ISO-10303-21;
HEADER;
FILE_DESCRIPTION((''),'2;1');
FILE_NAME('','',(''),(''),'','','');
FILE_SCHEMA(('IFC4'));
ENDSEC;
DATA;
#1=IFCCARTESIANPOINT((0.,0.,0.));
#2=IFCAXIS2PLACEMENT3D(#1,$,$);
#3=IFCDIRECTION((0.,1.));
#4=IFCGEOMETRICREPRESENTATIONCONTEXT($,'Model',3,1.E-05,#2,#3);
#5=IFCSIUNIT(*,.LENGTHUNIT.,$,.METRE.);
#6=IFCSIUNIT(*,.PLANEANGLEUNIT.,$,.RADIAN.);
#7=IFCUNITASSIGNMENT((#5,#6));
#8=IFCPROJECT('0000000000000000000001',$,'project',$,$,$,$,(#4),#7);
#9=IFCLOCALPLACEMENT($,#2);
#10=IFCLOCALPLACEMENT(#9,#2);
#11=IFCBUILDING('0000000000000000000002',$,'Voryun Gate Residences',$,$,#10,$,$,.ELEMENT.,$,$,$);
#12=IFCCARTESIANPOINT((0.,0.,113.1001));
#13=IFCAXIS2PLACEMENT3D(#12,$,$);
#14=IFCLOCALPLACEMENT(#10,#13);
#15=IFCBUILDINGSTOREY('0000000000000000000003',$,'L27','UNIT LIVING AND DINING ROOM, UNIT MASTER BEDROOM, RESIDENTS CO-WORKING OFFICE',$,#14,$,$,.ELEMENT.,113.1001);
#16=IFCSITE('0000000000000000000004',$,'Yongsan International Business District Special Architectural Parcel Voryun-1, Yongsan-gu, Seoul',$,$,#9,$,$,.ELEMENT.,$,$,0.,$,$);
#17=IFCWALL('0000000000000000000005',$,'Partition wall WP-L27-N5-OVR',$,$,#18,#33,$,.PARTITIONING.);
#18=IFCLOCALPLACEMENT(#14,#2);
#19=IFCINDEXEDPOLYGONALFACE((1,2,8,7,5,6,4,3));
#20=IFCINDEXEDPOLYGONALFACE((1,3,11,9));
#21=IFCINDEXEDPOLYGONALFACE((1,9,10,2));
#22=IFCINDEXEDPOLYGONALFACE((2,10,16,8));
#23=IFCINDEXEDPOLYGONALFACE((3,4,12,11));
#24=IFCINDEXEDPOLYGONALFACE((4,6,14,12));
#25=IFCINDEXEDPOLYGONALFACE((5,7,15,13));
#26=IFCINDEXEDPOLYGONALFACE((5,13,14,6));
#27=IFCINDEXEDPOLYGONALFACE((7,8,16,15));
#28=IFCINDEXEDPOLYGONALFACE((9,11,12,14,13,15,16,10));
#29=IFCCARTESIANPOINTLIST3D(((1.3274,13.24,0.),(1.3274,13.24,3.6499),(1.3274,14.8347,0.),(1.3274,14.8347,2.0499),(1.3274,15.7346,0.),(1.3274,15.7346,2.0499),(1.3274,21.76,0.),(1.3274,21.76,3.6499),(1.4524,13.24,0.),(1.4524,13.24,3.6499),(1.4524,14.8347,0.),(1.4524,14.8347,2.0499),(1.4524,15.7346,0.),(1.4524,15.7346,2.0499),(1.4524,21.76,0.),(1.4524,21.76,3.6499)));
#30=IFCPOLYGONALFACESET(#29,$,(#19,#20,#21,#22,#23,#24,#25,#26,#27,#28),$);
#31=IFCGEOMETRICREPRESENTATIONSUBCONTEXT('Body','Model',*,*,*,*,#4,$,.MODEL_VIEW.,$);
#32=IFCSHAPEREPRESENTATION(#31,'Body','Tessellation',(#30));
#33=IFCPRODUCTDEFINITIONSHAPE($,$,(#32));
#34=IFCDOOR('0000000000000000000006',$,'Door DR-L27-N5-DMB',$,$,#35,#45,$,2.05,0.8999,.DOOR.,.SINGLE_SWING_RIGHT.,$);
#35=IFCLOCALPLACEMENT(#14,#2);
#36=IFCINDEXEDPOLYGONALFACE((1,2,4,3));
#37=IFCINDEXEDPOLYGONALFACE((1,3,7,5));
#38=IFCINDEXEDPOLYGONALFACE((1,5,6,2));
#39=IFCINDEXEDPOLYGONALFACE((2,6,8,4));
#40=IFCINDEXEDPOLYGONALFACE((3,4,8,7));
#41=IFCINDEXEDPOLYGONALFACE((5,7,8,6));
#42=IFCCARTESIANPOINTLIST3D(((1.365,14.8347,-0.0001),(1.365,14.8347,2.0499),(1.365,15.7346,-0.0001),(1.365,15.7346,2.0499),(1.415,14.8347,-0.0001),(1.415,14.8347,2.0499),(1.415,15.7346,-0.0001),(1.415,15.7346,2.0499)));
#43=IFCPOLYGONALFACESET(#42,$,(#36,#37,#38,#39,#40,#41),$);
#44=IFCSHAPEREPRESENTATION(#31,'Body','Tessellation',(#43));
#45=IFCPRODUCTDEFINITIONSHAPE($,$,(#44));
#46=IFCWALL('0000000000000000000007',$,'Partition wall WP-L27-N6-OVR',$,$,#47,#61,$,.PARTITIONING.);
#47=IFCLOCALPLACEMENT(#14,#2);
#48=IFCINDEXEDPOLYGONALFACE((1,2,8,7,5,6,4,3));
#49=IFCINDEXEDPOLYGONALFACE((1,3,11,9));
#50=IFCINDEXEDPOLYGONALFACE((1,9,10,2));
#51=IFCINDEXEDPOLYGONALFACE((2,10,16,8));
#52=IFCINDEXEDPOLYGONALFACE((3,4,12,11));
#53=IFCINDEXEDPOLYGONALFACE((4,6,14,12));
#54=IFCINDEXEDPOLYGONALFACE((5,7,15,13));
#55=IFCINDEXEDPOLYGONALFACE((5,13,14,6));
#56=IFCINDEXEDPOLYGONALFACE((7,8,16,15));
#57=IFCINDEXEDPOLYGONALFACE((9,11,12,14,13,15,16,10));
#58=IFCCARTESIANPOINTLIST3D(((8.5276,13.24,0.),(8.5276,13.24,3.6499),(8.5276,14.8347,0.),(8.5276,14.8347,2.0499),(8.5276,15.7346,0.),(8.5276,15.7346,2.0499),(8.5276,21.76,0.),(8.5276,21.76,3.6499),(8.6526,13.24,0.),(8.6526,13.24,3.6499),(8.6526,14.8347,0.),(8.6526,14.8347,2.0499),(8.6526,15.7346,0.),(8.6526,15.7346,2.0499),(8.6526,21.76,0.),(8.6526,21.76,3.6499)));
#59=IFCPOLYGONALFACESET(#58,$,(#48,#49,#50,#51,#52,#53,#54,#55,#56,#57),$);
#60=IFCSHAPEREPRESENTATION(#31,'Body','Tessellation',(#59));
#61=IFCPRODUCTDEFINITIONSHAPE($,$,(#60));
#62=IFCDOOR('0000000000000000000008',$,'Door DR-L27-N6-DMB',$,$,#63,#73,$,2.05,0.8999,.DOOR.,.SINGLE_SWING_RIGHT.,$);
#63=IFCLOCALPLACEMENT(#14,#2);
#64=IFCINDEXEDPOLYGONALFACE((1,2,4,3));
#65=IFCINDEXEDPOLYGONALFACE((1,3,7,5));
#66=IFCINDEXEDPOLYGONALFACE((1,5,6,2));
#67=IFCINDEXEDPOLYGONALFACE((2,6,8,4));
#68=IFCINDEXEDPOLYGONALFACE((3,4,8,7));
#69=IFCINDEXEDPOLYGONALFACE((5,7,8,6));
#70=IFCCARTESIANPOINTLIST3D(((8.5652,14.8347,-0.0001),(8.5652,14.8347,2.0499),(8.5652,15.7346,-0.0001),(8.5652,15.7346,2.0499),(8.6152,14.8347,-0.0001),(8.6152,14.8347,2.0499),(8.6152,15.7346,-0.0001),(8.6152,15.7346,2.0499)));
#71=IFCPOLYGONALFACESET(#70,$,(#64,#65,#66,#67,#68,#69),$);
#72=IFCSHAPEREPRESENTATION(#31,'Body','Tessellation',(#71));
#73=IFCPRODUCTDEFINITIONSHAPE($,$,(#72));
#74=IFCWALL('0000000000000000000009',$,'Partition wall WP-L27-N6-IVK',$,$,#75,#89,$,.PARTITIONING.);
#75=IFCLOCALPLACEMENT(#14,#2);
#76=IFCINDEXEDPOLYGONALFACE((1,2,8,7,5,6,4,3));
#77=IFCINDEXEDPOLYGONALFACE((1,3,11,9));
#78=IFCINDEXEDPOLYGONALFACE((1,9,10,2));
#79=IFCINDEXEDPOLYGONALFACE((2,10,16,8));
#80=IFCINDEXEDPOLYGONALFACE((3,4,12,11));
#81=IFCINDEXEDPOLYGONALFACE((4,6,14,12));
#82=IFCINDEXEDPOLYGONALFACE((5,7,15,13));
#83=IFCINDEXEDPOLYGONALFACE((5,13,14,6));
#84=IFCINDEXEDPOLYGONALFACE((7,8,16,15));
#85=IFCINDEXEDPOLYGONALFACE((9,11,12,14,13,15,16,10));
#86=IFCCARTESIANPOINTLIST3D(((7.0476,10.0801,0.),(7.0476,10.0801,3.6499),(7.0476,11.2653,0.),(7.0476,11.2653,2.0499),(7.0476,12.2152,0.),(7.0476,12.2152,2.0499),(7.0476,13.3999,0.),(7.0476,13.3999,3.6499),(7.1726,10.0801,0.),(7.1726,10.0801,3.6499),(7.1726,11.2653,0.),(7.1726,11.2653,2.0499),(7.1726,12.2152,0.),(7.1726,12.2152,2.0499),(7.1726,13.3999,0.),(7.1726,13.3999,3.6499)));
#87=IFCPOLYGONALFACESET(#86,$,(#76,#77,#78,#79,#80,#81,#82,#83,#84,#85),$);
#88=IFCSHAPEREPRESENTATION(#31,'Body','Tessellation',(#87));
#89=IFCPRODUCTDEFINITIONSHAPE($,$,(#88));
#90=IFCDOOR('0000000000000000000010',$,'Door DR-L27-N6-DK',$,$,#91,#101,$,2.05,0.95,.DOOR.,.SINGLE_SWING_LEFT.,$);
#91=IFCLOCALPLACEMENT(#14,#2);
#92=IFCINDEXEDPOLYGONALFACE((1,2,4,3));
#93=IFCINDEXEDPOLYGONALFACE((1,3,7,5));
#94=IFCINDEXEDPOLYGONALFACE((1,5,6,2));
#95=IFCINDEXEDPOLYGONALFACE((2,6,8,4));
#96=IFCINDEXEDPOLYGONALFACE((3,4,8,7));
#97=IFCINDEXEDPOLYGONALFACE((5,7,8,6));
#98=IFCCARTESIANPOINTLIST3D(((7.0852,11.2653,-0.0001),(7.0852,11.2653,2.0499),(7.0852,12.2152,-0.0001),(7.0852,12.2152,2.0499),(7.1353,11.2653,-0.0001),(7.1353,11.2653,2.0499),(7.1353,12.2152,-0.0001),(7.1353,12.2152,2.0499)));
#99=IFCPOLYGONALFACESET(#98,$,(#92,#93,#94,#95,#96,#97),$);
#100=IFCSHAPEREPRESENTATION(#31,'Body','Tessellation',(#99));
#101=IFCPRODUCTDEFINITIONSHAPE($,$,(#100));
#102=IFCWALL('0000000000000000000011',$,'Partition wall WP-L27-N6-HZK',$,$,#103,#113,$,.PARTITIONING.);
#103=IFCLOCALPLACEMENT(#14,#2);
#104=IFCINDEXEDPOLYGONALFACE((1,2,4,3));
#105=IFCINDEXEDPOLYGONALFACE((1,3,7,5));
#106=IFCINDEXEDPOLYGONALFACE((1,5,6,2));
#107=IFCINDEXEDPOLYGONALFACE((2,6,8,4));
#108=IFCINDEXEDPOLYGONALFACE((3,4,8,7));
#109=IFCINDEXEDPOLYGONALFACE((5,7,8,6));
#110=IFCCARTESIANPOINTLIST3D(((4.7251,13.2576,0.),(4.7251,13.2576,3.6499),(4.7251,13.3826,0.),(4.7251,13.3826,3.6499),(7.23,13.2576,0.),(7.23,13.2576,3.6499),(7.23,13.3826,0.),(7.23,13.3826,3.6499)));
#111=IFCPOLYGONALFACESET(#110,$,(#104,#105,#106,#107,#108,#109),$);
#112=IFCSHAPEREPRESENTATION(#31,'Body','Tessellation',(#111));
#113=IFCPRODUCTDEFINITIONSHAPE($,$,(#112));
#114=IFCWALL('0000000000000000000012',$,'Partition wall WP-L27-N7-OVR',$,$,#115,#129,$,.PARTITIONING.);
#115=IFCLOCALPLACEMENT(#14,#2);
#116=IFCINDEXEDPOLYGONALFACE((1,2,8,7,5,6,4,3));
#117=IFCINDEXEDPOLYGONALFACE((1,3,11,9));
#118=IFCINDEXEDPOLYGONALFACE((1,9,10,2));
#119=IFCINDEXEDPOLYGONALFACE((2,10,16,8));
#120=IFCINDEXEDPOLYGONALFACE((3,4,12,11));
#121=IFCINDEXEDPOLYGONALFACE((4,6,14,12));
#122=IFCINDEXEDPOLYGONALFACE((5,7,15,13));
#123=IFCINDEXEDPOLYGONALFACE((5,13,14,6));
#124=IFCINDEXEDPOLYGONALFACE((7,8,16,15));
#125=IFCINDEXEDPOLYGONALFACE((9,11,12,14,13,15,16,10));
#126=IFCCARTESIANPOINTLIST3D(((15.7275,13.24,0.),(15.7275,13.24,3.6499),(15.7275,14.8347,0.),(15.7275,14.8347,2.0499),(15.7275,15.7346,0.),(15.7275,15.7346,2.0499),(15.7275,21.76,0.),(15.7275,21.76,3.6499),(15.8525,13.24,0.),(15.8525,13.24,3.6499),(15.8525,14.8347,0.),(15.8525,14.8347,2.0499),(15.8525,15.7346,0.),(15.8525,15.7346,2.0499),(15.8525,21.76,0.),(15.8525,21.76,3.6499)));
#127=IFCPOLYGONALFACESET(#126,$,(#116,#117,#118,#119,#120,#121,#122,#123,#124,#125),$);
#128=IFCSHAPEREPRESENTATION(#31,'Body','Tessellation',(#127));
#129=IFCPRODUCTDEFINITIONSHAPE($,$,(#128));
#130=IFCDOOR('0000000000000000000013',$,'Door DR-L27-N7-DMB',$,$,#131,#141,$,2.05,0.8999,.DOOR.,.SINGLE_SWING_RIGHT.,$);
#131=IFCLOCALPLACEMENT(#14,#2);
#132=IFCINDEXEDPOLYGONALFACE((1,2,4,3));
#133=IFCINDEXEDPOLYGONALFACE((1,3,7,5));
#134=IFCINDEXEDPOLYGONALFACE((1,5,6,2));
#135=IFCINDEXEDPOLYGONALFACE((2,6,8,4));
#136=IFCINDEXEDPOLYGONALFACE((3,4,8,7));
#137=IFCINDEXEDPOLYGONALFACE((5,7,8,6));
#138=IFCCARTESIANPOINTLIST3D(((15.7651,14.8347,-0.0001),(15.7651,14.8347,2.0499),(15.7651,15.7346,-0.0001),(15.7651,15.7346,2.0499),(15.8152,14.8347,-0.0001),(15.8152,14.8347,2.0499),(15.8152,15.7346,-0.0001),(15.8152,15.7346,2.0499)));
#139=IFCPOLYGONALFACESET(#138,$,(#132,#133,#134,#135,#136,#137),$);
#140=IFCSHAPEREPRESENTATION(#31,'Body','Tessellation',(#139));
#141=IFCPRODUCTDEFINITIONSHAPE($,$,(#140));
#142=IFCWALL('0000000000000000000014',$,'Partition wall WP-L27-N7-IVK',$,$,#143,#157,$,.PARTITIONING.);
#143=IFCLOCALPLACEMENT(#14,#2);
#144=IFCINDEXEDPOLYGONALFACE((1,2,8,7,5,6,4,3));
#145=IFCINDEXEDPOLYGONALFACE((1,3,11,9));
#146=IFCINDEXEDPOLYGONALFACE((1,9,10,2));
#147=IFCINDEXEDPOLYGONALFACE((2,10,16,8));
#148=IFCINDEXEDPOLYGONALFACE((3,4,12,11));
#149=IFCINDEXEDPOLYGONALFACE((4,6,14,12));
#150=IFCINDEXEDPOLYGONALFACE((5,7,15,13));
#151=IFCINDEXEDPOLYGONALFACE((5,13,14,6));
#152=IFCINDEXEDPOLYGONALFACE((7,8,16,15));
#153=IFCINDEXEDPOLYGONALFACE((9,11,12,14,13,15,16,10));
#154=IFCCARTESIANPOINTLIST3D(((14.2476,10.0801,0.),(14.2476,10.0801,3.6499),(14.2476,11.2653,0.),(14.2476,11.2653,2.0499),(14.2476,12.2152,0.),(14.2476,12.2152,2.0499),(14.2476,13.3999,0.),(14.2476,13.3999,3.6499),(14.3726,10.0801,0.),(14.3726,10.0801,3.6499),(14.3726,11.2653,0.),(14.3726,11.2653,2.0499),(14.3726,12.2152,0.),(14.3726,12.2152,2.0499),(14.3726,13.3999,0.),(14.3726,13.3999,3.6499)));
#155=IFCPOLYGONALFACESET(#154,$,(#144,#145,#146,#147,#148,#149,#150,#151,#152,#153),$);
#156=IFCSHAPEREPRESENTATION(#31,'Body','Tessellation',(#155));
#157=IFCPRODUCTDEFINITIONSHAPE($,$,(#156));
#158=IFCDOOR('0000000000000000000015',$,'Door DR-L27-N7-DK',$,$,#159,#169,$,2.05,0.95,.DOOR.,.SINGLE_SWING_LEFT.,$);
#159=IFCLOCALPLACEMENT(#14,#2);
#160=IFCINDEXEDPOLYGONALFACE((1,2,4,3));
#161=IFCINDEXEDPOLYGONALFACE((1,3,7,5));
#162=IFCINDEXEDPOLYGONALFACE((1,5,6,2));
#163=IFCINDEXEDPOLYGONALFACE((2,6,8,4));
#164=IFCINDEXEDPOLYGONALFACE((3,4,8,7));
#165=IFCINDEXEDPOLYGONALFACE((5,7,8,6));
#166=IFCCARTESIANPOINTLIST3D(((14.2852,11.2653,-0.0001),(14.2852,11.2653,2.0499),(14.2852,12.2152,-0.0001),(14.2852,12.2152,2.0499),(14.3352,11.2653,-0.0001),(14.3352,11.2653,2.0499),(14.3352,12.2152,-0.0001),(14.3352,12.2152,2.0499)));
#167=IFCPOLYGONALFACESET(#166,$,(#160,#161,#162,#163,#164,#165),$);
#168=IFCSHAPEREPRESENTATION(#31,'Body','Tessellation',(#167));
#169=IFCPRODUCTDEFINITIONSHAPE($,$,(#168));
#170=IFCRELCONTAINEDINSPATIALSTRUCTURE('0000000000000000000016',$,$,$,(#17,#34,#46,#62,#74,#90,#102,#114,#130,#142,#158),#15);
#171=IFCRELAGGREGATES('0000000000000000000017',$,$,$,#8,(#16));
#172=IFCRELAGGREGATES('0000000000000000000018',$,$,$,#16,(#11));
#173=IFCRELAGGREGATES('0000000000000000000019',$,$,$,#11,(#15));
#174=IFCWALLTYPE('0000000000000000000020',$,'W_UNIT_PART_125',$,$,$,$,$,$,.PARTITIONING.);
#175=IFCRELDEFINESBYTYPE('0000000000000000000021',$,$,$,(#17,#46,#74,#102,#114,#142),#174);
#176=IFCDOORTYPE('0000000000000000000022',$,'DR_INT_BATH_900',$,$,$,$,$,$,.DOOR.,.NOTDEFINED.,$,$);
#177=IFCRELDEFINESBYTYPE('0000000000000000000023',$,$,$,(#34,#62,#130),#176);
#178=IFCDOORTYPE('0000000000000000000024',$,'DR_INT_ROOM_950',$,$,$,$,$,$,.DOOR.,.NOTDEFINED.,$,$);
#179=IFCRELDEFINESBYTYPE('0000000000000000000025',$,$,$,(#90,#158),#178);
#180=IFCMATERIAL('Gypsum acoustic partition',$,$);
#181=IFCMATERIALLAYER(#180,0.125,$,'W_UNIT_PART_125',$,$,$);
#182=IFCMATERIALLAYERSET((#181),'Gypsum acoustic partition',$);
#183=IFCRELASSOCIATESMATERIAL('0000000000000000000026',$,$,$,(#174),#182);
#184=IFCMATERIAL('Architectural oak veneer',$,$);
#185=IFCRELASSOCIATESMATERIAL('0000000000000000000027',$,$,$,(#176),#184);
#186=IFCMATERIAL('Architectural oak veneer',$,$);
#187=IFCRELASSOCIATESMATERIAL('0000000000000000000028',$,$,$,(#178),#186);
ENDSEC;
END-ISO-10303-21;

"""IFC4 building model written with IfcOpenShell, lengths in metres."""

from ifc_helpers import new_model, si_unit, direction, frame, frame_2d, origin, place, context, subcontext, project, spatial, rectangle, extrude, material, layer, layer_set, type_object, element, fill, save


model = new_model("IFC4")

# Units and contexts
model_context = context("Model", 3, precision=1e-05, world=origin(), true_north=direction((0.0, 1.0)))
body_context = subcontext(model_context, "Body", "Model", "MODEL_VIEW")
ifc_project = project(units=[si_unit("LENGTHUNIT", "METRE"), si_unit("PLANEANGLEUNIT", "RADIAN")], contexts=[model_context])

# Site, building, storey
site_placement = place(None, origin())
site = spatial("IfcSite", under=ifc_project, at=site_placement, Name="Yongsan International Business District Special Architectural Parcel Voryun-1, Yongsan-gu, Seoul", CompositionType="ELEMENT", RefElevation=0.0)
building_placement = place(site_placement, origin())
building = spatial("IfcBuilding", under=site, at=building_placement, Name="Voryun Gate Residences", CompositionType="ELEMENT")
storey_placement = place(building_placement, frame((0.0, 0.0, 113.1001)))
storey = spatial("IfcBuildingStorey", under=building, at=storey_placement, Name="L27", Description="UNIT LIVING AND DINING ROOM, UNIT MASTER BEDROOM, RESIDENTS CO-WORKING OFFICE", CompositionType="ELEMENT", Elevation=113.1001)

# Walls, openings, doors
ifc_material_1 = material(Name="Gypsum acoustic partition")
ifc_layer_1 = layer(ifc_material_1, 0.125, Name="W_UNIT_PART_125")
ifc_layer_set_1 = layer_set([ifc_layer_1], Name="Gypsum acoustic partition")
wall_type_1 = type_object("IfcWallType", Name="W_UNIT_PART_125", PredefinedType="PARTITIONING", material=ifc_layer_set_1)
wall_1_placement = place(storey_placement, frame((1.3899, 13.24, 0.0), z_axis=(0.0, 0.0, 1.0), x_axis=(0.0, 1.0, 0.0)))
wall_1 = element("IfcWall", 1, at=wall_1_placement, inside=storey, type_object=wall_type_1, Name="Partition wall WP-L27-N5-OVR", PredefinedType="PARTITIONING", context=body_context, shape_type="SweptSolid", body=[
    extrude(rectangle(XDim=8.52, YDim=0.125, at=frame_2d((4.26, 0.0))), origin(), (0.0, 0.0, 1.0), 3.6499),
])
opening_1_placement = place(wall_1_placement, frame((1.5947, 0.0, 0.0)))
opening_1 = element("IfcOpeningElement", 2, at=opening_1_placement, cuts=wall_1, PredefinedType="OPENING", context=body_context, shape_type="SweptSolid", body=[
    extrude(rectangle(XDim=0.8999, YDim=2.05, at=frame_2d((0.45, 1.0249))), frame((0.0, 0.0725, 0.0), z_axis=(0.0, -1.0, 0.0), x_axis=(1.0, 0.0, 0.0)), (0.0, 0.0, 1.0), 0.145),
])
ifc_material_2 = material(Name="Architectural oak veneer")
door_type_1 = type_object("IfcDoorType", Name="DR_INT_BATH_900", OperationType="NOTDEFINED", PredefinedType="DOOR", material=ifc_material_2)
door_1_placement = place(opening_1_placement, origin())
door_1 = element("IfcDoor", 3, at=door_1_placement, inside=storey, type_object=door_type_1, Name="Door DR-L27-N5-DMB", OperationType="SINGLE_SWING_RIGHT", OverallHeight=2.05, OverallWidth=0.8999, PredefinedType="DOOR", context=body_context, shape_type="SweptSolid", body=[
    extrude(rectangle(XDim=0.8999, YDim=2.05, at=frame_2d((0.45, 1.0249))), frame((0.0, 0.0249, 0.0), z_axis=(0.0, -1.0, 0.0), x_axis=(1.0, 0.0, 0.0)), (0.0, 0.0, 1.0), 0.05),
])
fill(opening_1, door_1)
wall_2_placement = place(storey_placement, frame((8.5901, 13.24, 0.0), z_axis=(0.0, 0.0, 1.0), x_axis=(0.0, 1.0, 0.0)))
wall_2 = element("IfcWall", 4, at=wall_2_placement, inside=storey, type_object=wall_type_1, Name="Partition wall WP-L27-N6-OVR", PredefinedType="PARTITIONING", context=body_context, shape_type="SweptSolid", body=[
    extrude(rectangle(XDim=8.52, YDim=0.125, at=frame_2d((4.26, 0.0))), origin(), (0.0, 0.0, 1.0), 3.6499),
])
opening_2_placement = place(wall_2_placement, frame((1.5947, 0.0, 0.0)))
opening_2 = element("IfcOpeningElement", 5, at=opening_2_placement, cuts=wall_2, PredefinedType="OPENING", context=body_context, shape_type="SweptSolid", body=[
    extrude(rectangle(XDim=0.8999, YDim=2.05, at=frame_2d((0.45, 1.0249))), frame((0.0, 0.0725, 0.0), z_axis=(0.0, -1.0, 0.0), x_axis=(1.0, 0.0, 0.0)), (0.0, 0.0, 1.0), 0.145),
])
door_2_placement = place(opening_2_placement, origin())
door_2 = element("IfcDoor", 6, at=door_2_placement, inside=storey, type_object=door_type_1, Name="Door DR-L27-N6-DMB", OperationType="SINGLE_SWING_RIGHT", OverallHeight=2.05, OverallWidth=0.8999, PredefinedType="DOOR", context=body_context, shape_type="SweptSolid", body=[
    extrude(rectangle(XDim=0.8999, YDim=2.05, at=frame_2d((0.45, 1.0249))), frame((0.0, 0.0249, 0.0), z_axis=(0.0, -1.0, 0.0), x_axis=(1.0, 0.0, 0.0)), (0.0, 0.0, 1.0), 0.05),
])
fill(opening_2, door_2)
wall_3_placement = place(storey_placement, frame((7.1101, 10.0801, 0.0), z_axis=(0.0, 0.0, 1.0), x_axis=(0.0, 1.0, 0.0)))
wall_3 = element("IfcWall", 7, at=wall_3_placement, inside=storey, type_object=wall_type_1, Name="Partition wall WP-L27-N6-IVK", PredefinedType="PARTITIONING", context=body_context, shape_type="SweptSolid", body=[
    extrude(rectangle(XDim=3.3198, YDim=0.125, at=frame_2d((1.6599, 0.0))), origin(), (0.0, 0.0, 1.0), 3.6499),
])
opening_3_placement = place(wall_3_placement, frame((1.1851, 0.0, 0.0)))
opening_3 = element("IfcOpeningElement", 8, at=opening_3_placement, cuts=wall_3, PredefinedType="OPENING", context=body_context, shape_type="SweptSolid", body=[
    extrude(rectangle(XDim=0.95, YDim=2.05, at=frame_2d((0.4751, 1.0249))), frame((0.0, 0.0725, 0.0), z_axis=(0.0, -1.0, 0.0), x_axis=(1.0, 0.0, 0.0)), (0.0, 0.0, 1.0), 0.145),
])
ifc_material_3 = material(Name="Architectural oak veneer")
door_type_2 = type_object("IfcDoorType", Name="DR_INT_ROOM_950", OperationType="NOTDEFINED", PredefinedType="DOOR", material=ifc_material_3)
door_3_placement = place(opening_3_placement, origin())
door_3 = element("IfcDoor", 9, at=door_3_placement, inside=storey, type_object=door_type_2, Name="Door DR-L27-N6-DK", OperationType="SINGLE_SWING_LEFT", OverallHeight=2.05, OverallWidth=0.95, PredefinedType="DOOR", context=body_context, shape_type="SweptSolid", body=[
    extrude(rectangle(XDim=0.95, YDim=2.05, at=frame_2d((0.4751, 1.0249))), frame((0.0, 0.0249, 0.0), z_axis=(0.0, -1.0, 0.0), x_axis=(1.0, 0.0, 0.0)), (0.0, 0.0, 1.0), 0.05),
])
fill(opening_3, door_3)

# Wall
wall_4_placement = place(storey_placement, frame((4.7251, 13.3201, 0.0), z_axis=(0.0, 0.0, 1.0), x_axis=(1.0, 0.0, 0.0)))
element("IfcWall", 10, at=wall_4_placement, inside=storey, type_object=wall_type_1, Name="Partition wall WP-L27-N6-HZK", PredefinedType="PARTITIONING", context=body_context, shape_type="SweptSolid", body=[
    extrude(rectangle(XDim=2.5049, YDim=0.125, at=frame_2d((1.2524, 0.0))), origin(), (0.0, 0.0, 1.0), 3.6499),
])

# Walls, openings, doors
wall_5_placement = place(storey_placement, frame((15.79, 13.24, 0.0), z_axis=(0.0, 0.0, 1.0), x_axis=(0.0, 1.0, 0.0)))
wall_5 = element("IfcWall", 11, at=wall_5_placement, inside=storey, type_object=wall_type_1, Name="Partition wall WP-L27-N7-OVR", PredefinedType="PARTITIONING", context=body_context, shape_type="SweptSolid", body=[
    extrude(rectangle(XDim=8.52, YDim=0.125, at=frame_2d((4.26, 0.0))), origin(), (0.0, 0.0, 1.0), 3.6499),
])
opening_4_placement = place(wall_5_placement, frame((1.5947, 0.0, 0.0)))
opening_4 = element("IfcOpeningElement", 12, at=opening_4_placement, cuts=wall_5, PredefinedType="OPENING", context=body_context, shape_type="SweptSolid", body=[
    extrude(rectangle(XDim=0.8999, YDim=2.05, at=frame_2d((0.45, 1.0249))), frame((0.0, 0.0725, 0.0), z_axis=(0.0, -1.0, 0.0), x_axis=(1.0, 0.0, 0.0)), (0.0, 0.0, 1.0), 0.145),
])
door_4_placement = place(opening_4_placement, origin())
door_4 = element("IfcDoor", 13, at=door_4_placement, inside=storey, type_object=door_type_1, Name="Door DR-L27-N7-DMB", OperationType="SINGLE_SWING_RIGHT", OverallHeight=2.05, OverallWidth=0.8999, PredefinedType="DOOR", context=body_context, shape_type="SweptSolid", body=[
    extrude(rectangle(XDim=0.8999, YDim=2.05, at=frame_2d((0.45, 1.0249))), frame((0.0, 0.0249, 0.0), z_axis=(0.0, -1.0, 0.0), x_axis=(1.0, 0.0, 0.0)), (0.0, 0.0, 1.0), 0.05),
])
fill(opening_4, door_4)
wall_6_placement = place(storey_placement, frame((14.3101, 10.0801, 0.0), z_axis=(0.0, 0.0, 1.0), x_axis=(0.0, 1.0, 0.0)))
wall_6 = element("IfcWall", 14, at=wall_6_placement, inside=storey, type_object=wall_type_1, Name="Partition wall WP-L27-N7-IVK", PredefinedType="PARTITIONING", context=body_context, shape_type="SweptSolid", body=[
    extrude(rectangle(XDim=3.3198, YDim=0.125, at=frame_2d((1.6599, 0.0))), origin(), (0.0, 0.0, 1.0), 3.6499),
])
opening_5_placement = place(wall_6_placement, frame((1.1851, 0.0, 0.0)))
opening_5 = element("IfcOpeningElement", 15, at=opening_5_placement, cuts=wall_6, PredefinedType="OPENING", context=body_context, shape_type="SweptSolid", body=[
    extrude(rectangle(XDim=0.95, YDim=2.05, at=frame_2d((0.4751, 1.0249))), frame((0.0, 0.0725, 0.0), z_axis=(0.0, -1.0, 0.0), x_axis=(1.0, 0.0, 0.0)), (0.0, 0.0, 1.0), 0.145),
])
door_5_placement = place(opening_5_placement, origin())
door_5 = element("IfcDoor", 16, at=door_5_placement, inside=storey, type_object=door_type_2, Name="Door DR-L27-N7-DK", OperationType="SINGLE_SWING_LEFT", OverallHeight=2.05, OverallWidth=0.95, PredefinedType="DOOR", context=body_context, shape_type="SweptSolid", body=[
    extrude(rectangle(XDim=0.95, YDim=2.05, at=frame_2d((0.4751, 1.0249))), frame((0.0, 0.0249, 0.0), z_axis=(0.0, -1.0, 0.0), x_axis=(1.0, 0.0, 0.0)), (0.0, 0.0, 1.0), 0.05),
])
fill(opening_5, door_5)

save(model, "model.ifc")
